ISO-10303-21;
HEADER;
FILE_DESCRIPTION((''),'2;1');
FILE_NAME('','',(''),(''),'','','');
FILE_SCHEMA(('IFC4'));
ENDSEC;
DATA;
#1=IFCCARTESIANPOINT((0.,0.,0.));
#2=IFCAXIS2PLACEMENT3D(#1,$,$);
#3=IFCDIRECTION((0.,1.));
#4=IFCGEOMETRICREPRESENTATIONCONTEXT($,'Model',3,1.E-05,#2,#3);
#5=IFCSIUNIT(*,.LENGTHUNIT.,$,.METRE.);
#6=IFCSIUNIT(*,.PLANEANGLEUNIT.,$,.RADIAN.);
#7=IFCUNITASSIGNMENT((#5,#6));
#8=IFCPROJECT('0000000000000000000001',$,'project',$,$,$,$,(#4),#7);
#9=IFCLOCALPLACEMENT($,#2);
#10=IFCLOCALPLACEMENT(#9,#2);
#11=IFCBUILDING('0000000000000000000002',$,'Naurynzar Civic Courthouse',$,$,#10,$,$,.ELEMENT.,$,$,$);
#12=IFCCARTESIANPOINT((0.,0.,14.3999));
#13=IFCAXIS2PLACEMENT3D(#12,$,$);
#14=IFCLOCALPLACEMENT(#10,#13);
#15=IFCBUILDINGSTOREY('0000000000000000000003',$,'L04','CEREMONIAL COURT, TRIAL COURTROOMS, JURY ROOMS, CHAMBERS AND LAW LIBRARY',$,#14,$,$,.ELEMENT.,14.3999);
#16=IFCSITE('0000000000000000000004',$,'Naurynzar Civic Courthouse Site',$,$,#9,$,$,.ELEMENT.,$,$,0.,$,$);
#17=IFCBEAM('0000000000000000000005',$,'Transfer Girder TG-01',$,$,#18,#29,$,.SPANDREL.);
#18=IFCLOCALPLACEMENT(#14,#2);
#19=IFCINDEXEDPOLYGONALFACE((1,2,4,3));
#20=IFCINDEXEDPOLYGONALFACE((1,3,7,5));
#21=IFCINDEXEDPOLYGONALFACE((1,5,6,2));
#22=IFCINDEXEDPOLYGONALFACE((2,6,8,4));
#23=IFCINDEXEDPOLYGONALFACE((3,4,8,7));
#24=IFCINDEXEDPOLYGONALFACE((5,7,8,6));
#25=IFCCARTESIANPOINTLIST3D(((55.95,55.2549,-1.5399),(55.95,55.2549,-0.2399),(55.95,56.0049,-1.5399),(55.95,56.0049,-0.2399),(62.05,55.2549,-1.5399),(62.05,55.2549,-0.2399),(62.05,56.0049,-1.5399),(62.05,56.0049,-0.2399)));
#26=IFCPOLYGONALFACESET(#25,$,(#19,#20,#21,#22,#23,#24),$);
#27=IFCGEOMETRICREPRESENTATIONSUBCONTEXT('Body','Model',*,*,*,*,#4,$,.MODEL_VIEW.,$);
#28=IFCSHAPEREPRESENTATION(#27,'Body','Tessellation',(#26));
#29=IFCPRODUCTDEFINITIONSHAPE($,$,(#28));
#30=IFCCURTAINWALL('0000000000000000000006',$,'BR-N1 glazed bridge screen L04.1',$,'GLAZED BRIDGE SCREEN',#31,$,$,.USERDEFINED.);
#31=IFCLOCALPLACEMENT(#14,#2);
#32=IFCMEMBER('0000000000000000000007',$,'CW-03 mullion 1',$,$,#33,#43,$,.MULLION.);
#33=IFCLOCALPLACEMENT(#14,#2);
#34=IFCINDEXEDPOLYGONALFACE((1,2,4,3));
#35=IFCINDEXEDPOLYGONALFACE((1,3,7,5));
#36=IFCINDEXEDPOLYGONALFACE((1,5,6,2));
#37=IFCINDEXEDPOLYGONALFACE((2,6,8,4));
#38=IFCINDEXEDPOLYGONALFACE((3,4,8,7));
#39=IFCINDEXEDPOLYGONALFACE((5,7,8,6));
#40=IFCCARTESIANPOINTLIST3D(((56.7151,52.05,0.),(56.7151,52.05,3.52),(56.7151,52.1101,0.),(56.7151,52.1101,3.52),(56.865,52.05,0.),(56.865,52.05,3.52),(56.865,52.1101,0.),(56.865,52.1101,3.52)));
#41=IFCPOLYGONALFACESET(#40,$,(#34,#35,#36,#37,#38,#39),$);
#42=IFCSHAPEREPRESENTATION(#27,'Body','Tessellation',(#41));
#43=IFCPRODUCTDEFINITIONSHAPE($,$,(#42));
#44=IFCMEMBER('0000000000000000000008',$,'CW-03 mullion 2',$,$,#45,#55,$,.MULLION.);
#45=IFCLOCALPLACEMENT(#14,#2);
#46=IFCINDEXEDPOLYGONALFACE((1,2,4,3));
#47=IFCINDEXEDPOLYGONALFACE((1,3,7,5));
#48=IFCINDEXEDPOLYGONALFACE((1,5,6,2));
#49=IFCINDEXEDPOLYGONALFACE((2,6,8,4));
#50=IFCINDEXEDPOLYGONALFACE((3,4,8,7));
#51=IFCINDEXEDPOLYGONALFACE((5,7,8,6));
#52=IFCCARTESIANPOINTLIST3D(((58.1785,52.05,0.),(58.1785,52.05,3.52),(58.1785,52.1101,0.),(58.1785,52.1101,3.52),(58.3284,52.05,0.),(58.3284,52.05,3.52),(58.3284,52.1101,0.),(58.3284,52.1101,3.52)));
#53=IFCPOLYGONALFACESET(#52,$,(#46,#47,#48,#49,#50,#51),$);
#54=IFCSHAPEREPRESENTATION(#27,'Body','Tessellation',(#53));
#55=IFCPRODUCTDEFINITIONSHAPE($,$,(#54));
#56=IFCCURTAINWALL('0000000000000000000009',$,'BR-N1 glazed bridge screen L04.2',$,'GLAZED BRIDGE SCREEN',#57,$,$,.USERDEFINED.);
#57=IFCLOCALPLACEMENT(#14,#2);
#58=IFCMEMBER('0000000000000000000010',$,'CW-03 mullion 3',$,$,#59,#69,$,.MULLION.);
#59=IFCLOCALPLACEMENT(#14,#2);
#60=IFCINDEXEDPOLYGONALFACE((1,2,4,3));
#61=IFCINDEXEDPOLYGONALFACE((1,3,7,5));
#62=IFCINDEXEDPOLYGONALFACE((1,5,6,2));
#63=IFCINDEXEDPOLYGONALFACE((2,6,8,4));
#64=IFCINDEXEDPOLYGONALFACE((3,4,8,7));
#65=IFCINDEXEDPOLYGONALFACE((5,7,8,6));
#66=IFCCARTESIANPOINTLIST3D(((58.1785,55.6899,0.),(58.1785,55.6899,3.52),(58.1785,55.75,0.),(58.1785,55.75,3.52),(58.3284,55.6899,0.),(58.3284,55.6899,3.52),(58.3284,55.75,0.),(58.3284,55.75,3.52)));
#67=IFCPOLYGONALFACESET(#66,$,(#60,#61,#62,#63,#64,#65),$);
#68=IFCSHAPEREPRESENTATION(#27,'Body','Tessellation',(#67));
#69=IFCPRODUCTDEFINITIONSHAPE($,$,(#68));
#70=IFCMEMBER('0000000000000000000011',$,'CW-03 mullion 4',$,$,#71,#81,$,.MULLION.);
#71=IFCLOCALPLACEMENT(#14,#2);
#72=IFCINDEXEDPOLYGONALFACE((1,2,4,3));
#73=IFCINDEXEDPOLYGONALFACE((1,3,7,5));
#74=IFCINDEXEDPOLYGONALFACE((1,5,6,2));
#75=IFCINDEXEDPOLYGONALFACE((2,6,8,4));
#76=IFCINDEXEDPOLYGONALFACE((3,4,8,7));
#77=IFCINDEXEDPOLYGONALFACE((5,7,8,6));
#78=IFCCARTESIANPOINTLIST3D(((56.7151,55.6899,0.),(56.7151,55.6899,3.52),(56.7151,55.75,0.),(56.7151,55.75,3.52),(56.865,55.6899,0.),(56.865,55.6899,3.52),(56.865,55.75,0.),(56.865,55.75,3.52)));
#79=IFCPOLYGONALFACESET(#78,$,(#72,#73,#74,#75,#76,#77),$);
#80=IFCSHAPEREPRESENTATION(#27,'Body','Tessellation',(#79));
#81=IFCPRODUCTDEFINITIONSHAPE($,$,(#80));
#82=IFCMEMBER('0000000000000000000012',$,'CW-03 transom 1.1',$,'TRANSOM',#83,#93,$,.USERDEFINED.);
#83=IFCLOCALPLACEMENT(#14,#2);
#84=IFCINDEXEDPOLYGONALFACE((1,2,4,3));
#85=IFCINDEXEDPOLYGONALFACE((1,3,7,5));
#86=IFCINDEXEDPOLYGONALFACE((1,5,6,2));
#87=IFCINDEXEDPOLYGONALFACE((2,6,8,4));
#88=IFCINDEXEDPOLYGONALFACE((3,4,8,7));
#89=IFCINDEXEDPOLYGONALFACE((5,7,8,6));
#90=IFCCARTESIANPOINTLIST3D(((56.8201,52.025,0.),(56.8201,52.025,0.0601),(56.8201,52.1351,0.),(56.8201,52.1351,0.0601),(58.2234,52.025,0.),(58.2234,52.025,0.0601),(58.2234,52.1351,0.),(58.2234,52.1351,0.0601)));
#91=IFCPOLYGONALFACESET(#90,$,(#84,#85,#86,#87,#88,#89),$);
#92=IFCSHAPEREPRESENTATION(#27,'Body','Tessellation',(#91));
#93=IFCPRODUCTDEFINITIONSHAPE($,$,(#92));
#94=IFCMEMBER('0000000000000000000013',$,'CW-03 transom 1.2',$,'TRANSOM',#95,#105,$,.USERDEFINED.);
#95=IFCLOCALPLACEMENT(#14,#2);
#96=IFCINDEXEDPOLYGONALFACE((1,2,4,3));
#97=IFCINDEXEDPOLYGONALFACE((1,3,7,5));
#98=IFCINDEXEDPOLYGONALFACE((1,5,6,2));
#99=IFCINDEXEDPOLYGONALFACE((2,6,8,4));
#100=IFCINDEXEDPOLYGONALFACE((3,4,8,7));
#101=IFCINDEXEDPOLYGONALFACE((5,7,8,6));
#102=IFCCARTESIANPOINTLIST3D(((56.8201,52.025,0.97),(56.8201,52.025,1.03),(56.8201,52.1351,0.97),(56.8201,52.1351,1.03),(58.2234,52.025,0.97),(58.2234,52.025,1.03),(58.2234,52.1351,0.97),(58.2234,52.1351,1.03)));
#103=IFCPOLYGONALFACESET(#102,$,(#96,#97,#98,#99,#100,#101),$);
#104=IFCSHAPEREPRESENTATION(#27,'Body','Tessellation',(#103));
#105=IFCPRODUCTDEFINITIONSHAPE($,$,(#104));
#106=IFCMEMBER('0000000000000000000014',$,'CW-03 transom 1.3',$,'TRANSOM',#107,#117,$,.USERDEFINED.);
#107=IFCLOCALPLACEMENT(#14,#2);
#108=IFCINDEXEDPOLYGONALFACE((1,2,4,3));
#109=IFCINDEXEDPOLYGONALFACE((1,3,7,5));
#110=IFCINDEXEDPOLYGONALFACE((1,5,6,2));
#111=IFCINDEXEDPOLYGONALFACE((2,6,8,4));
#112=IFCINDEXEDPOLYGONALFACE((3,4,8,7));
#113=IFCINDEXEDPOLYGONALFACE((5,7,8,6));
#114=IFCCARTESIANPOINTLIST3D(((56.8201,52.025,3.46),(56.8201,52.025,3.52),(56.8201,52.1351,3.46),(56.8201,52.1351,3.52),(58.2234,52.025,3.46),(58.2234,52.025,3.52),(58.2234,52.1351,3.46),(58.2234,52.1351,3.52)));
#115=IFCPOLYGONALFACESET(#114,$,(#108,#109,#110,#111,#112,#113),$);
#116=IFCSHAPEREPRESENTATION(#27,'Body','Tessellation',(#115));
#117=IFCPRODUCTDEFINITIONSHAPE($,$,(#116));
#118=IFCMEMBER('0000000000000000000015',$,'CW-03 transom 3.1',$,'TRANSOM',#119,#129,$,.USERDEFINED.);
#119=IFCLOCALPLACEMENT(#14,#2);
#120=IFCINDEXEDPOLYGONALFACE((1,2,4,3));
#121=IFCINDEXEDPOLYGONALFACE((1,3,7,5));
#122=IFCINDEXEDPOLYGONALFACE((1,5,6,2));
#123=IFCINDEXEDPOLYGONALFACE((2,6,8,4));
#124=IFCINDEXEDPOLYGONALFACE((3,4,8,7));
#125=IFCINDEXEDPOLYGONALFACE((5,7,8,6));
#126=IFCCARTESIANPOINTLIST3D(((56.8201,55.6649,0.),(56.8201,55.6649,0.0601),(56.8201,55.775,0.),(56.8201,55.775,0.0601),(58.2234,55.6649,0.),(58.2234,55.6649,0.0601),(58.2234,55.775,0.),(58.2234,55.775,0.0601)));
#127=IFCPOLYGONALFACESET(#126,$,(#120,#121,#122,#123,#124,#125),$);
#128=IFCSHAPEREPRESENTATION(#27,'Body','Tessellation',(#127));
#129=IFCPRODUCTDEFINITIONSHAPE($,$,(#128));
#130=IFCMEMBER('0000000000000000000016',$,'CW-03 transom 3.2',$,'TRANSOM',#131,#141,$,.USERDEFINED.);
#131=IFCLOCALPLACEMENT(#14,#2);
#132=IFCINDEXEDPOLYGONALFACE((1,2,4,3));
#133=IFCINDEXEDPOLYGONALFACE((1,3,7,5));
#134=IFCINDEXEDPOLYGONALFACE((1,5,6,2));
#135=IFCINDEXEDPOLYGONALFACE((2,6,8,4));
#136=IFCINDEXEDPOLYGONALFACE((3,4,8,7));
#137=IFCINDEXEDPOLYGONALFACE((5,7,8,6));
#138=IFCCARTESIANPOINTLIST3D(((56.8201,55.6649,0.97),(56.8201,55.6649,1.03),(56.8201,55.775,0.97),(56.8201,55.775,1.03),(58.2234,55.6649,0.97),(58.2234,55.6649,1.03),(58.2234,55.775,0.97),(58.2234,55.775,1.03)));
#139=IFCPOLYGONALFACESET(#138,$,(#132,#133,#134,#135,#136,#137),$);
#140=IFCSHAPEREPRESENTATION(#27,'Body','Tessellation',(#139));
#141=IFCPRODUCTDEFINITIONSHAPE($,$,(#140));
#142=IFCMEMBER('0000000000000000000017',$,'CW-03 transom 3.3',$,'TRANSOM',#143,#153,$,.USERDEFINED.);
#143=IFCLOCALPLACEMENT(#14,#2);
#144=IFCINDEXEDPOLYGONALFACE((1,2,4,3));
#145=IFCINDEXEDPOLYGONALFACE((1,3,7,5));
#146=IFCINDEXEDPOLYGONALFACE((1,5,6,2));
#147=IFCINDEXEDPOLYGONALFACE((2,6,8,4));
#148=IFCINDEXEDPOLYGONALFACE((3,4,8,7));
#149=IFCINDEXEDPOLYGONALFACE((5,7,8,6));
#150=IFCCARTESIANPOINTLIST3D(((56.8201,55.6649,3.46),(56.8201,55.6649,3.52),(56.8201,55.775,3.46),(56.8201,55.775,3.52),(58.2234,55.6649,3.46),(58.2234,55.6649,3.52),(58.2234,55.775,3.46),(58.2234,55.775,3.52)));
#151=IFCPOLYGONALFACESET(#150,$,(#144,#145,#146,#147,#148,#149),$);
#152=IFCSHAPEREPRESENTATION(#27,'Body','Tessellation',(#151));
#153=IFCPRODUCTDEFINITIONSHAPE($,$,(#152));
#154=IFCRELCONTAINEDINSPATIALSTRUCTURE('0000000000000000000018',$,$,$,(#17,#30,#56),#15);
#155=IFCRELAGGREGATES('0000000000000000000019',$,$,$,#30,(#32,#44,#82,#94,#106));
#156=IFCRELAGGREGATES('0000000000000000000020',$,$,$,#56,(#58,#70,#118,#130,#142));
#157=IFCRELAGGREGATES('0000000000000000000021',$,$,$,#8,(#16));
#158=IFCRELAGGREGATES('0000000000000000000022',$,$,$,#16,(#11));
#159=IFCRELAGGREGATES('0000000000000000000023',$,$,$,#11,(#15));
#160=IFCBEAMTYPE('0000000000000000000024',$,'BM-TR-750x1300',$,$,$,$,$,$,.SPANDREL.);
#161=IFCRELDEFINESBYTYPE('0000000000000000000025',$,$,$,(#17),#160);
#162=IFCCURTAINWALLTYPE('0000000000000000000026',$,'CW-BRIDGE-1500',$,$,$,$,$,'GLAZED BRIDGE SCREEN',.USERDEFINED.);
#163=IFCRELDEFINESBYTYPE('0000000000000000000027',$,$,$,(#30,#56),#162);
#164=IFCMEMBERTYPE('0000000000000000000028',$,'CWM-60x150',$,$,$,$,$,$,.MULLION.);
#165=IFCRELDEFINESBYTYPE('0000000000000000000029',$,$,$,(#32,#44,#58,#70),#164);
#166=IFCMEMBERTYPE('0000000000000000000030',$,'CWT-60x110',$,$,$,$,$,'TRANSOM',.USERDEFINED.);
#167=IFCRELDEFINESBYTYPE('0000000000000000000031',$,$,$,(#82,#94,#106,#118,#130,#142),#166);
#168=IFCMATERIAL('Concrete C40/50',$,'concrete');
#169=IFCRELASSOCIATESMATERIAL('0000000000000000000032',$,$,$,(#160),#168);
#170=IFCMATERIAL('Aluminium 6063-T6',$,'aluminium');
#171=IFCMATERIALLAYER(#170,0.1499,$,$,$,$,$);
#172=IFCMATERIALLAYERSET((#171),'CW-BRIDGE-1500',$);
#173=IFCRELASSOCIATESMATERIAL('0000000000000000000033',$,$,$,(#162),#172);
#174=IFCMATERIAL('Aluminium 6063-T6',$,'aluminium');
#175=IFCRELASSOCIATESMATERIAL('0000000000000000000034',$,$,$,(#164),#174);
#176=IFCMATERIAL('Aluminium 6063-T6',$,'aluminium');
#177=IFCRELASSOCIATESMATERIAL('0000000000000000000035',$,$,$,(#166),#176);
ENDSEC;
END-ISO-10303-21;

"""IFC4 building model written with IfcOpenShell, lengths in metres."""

from ifc_helpers import new_model, si_unit, direction, frame, origin, origin_2d, place, context, subcontext, project, spatial, rectangle, extrude, material, layer, layer_set, material_profile, profile_set, type_object, element, aggregate, save


model = new_model("IFC4")

# Units and contexts
model_context = context("Model", 3, precision=1e-05, world=origin(), true_north=direction((0.0, 1.0)))
body_context = subcontext(model_context, "Body", "Model", "MODEL_VIEW")
ifc_project = project(units=[si_unit("LENGTHUNIT", "METRE"), si_unit("PLANEANGLEUNIT", "RADIAN")], contexts=[model_context])

# Site, building, storey
site_placement = place(None, origin())
site = spatial("IfcSite", under=ifc_project, at=site_placement, Name="Naurynzar Civic Courthouse Site", CompositionType="ELEMENT", RefElevation=0.0)
building_placement = place(site_placement, origin())
building = spatial("IfcBuilding", under=site, at=building_placement, Name="Naurynzar Civic Courthouse", CompositionType="ELEMENT")
storey_placement = place(building_placement, frame((0.0, 0.0, 14.3999)))
storey = spatial("IfcBuildingStorey", under=building, at=storey_placement, Name="L04", Description="CEREMONIAL COURT, TRIAL COURTROOMS, JURY ROOMS, CHAMBERS AND LAW LIBRARY", CompositionType="ELEMENT", Elevation=14.3999)

# Beam
ifc_material_1 = material(Name="Concrete C40/50", Category="concrete")
ifc_material_profile_1 = material_profile(ifc_material_1, rectangle(XDim=0.75, YDim=1.3, at=origin_2d()), Name="RCT 750x1300")
ifc_profile_set_1 = profile_set([ifc_material_profile_1], Name="Concrete C40/50")
beam_type_1 = type_object("IfcBeamType", Name="BM-TR-750x1300", PredefinedType="SPANDREL", material=ifc_profile_set_1)
for number, where, z_axis, x_axis, name in (
    (1, (55.95, 55.6299, -0.8899), (1.0, 0.0, 0.0), (0.0, 1.0, 0.0), "Transfer Girder TG-01"),
):
    element("IfcBeam", number, at=place(storey_placement, frame(where, z_axis=z_axis, x_axis=x_axis)), inside=storey, type_object=beam_type_1, Name=name, PredefinedType="SPANDREL", context=body_context, shape_type="SweptSolid", body=[
        extrude(rectangle(XDim=0.75, YDim=1.3, at=origin_2d()), origin(), (0.0, 0.0, 1.0), 6.1001),
    ])

# Curtain walls, members
ifc_material_2 = material(Name="Aluminium 6063-T6", Category="aluminium")
ifc_layer_1 = layer(ifc_material_2, 0.1499)
ifc_layer_set_1 = layer_set([ifc_layer_1], Name="CW-BRIDGE-1500")
curtain_wall_type = type_object("IfcCurtainWallType", Name="CW-BRIDGE-1500", ElementType="GLAZED BRIDGE SCREEN", PredefinedType="USERDEFINED", material=ifc_layer_set_1)
curtain_wall_1_placement = place(storey_placement, origin())
curtain_wall_1 = element("IfcCurtainWall", 2, at=curtain_wall_1_placement, inside=storey, type_object=curtain_wall_type, Name="BR-N1 glazed bridge screen L04.1", ObjectType="GLAZED BRIDGE SCREEN", PredefinedType="USERDEFINED")
ifc_material_3 = material(Name="Aluminium 6063-T6", Category="aluminium")
ifc_material_profile_2 = material_profile(ifc_material_3, rectangle(XDim=0.0601, YDim=0.1499, at=origin_2d()), Name="ALU MULLION 60x150")
ifc_profile_set_2 = profile_set([ifc_material_profile_2], Name="Aluminium 6063-T6")
member_type_1 = type_object("IfcMemberType", Name="CWM-60x150", PredefinedType="MULLION", material=ifc_profile_set_2)
member_1_placement = place(storey_placement, frame((56.79, 52.0801, 0.0), z_axis=(0.0, 0.0, 1.0), x_axis=(0.0, 1.0, 0.0)))
member_1 = element("IfcMember", 3, at=member_1_placement, type_object=member_type_1, Name="CW-03 mullion 1", PredefinedType="MULLION", context=body_context, shape_type="SweptSolid", body=[
    extrude(rectangle(XDim=0.0601, YDim=0.1499, at=origin_2d()), origin(), (0.0, 0.0, 1.0), 3.52),
])
member_2_placement = place(storey_placement, frame((58.2534, 52.0801, 0.0), z_axis=(0.0, 0.0, 1.0), x_axis=(0.0, 1.0, 0.0)))
member_2 = element("IfcMember", 4, at=member_2_placement, type_object=member_type_1, Name="CW-03 mullion 2", PredefinedType="MULLION", context=body_context, shape_type="SweptSolid", body=[
    extrude(rectangle(XDim=0.0601, YDim=0.1499, at=origin_2d()), origin(), (0.0, 0.0, 1.0), 3.52),
])
curtain_wall_2_placement = place(storey_placement, origin())
curtain_wall_2 = element("IfcCurtainWall", 5, at=curtain_wall_2_placement, inside=storey, type_object=curtain_wall_type, Name="BR-N1 glazed bridge screen L04.2", ObjectType="GLAZED BRIDGE SCREEN", PredefinedType="USERDEFINED")
member_3_placement = place(storey_placement, frame((58.2534, 55.72, 0.0), z_axis=(0.0, 0.0, 1.0), x_axis=(0.0, -1.0, 0.0)))
member_3 = element("IfcMember", 6, at=member_3_placement, type_object=member_type_1, Name="CW-03 mullion 3", PredefinedType="MULLION", context=body_context, shape_type="SweptSolid", body=[
    extrude(rectangle(XDim=0.0601, YDim=0.1499, at=origin_2d()), origin(), (0.0, 0.0, 1.0), 3.52),
])
member_4_placement = place(storey_placement, frame((56.79, 55.72, 0.0), z_axis=(0.0, 0.0, 1.0), x_axis=(0.0, -1.0, 0.0)))
member_4 = element("IfcMember", 7, at=member_4_placement, type_object=member_type_1, Name="CW-03 mullion 4", PredefinedType="MULLION", context=body_context, shape_type="SweptSolid", body=[
    extrude(rectangle(XDim=0.0601, YDim=0.1499, at=origin_2d()), origin(), (0.0, 0.0, 1.0), 3.52),
])

# Members
ifc_material_4 = material(Name="Aluminium 6063-T6", Category="aluminium")
ifc_material_profile_3 = material_profile(ifc_material_4, rectangle(XDim=0.1101, YDim=0.0601, at=origin_2d()), Name="ALU TRANSOM 60x110")
ifc_profile_set_3 = profile_set([ifc_material_profile_3], Name="Aluminium 6063-T6")
member_type_2 = type_object("IfcMemberType", Name="CWT-60x110", ElementType="TRANSOM", PredefinedType="USERDEFINED", material=ifc_profile_set_3)
member_5_placement = place(storey_placement, frame((56.8201, 52.0801, 0.03), z_axis=(1.0, 0.0, 0.0), x_axis=(0.0, 1.0, 0.0)))
member_5 = element("IfcMember", 8, at=member_5_placement, type_object=member_type_2, Name="CW-03 transom 1.1", ObjectType="TRANSOM", PredefinedType="USERDEFINED", context=body_context, shape_type="SweptSolid", body=[
    extrude(rectangle(XDim=0.1101, YDim=0.0601, at=origin_2d()), origin(), (0.0, 0.0, 1.0), 1.4033),
])
member_6_placement = place(storey_placement, frame((56.8201, 52.0801, 1.0), z_axis=(1.0, 0.0, 0.0), x_axis=(0.0, 1.0, 0.0)))
member_6 = element("IfcMember", 9, at=member_6_placement, type_object=member_type_2, Name="CW-03 transom 1.2", ObjectType="TRANSOM", PredefinedType="USERDEFINED", context=body_context, shape_type="SweptSolid", body=[
    extrude(rectangle(XDim=0.1101, YDim=0.0601, at=origin_2d()), origin(), (0.0, 0.0, 1.0), 1.4033),
])
member_7_placement = place(storey_placement, frame((56.8201, 52.0801, 3.49), z_axis=(1.0, 0.0, 0.0), x_axis=(0.0, 1.0, 0.0)))
member_7 = element("IfcMember", 10, at=member_7_placement, type_object=member_type_2, Name="CW-03 transom 1.3", ObjectType="TRANSOM", PredefinedType="USERDEFINED", context=body_context, shape_type="SweptSolid", body=[
    extrude(rectangle(XDim=0.1101, YDim=0.0601, at=origin_2d()), origin(), (0.0, 0.0, 1.0), 1.4033),
])
member_8_placement = place(storey_placement, frame((58.2234, 55.72, 0.03), z_axis=(-1.0, 0.0, 0.0), x_axis=(0.0, -1.0, 0.0)))
member_8 = element("IfcMember", 11, at=member_8_placement, type_object=member_type_2, Name="CW-03 transom 3.1", ObjectType="TRANSOM", PredefinedType="USERDEFINED", context=body_context, shape_type="SweptSolid", body=[
    extrude(rectangle(XDim=0.1101, YDim=0.0601, at=origin_2d()), origin(), (0.0, 0.0, 1.0), 1.4033),
])
member_9_placement = place(storey_placement, frame((58.2234, 55.72, 1.0), z_axis=(-1.0, 0.0, 0.0), x_axis=(0.0, -1.0, 0.0)))
member_9 = element("IfcMember", 12, at=member_9_placement, type_object=member_type_2, Name="CW-03 transom 3.2", ObjectType="TRANSOM", PredefinedType="USERDEFINED", context=body_context, shape_type="SweptSolid", body=[
    extrude(rectangle(XDim=0.1101, YDim=0.0601, at=origin_2d()), origin(), (0.0, 0.0, 1.0), 1.4033),
])
member_10_placement = place(storey_placement, frame((58.2234, 55.72, 3.49), z_axis=(-1.0, 0.0, 0.0), x_axis=(0.0, -1.0, 0.0)))
member_10 = element("IfcMember", 13, at=member_10_placement, type_object=member_type_2, Name="CW-03 transom 3.3", ObjectType="TRANSOM", PredefinedType="USERDEFINED", context=body_context, shape_type="SweptSolid", body=[
    extrude(rectangle(XDim=0.1101, YDim=0.0601, at=origin_2d()), origin(), (0.0, 0.0, 1.0), 1.4033),
])

aggregate(curtain_wall_1, [member_1, member_2, member_5, member_6, member_7])
aggregate(curtain_wall_2, [member_3, member_4, member_8, member_9, member_10])

save(model, "model.ifc")
